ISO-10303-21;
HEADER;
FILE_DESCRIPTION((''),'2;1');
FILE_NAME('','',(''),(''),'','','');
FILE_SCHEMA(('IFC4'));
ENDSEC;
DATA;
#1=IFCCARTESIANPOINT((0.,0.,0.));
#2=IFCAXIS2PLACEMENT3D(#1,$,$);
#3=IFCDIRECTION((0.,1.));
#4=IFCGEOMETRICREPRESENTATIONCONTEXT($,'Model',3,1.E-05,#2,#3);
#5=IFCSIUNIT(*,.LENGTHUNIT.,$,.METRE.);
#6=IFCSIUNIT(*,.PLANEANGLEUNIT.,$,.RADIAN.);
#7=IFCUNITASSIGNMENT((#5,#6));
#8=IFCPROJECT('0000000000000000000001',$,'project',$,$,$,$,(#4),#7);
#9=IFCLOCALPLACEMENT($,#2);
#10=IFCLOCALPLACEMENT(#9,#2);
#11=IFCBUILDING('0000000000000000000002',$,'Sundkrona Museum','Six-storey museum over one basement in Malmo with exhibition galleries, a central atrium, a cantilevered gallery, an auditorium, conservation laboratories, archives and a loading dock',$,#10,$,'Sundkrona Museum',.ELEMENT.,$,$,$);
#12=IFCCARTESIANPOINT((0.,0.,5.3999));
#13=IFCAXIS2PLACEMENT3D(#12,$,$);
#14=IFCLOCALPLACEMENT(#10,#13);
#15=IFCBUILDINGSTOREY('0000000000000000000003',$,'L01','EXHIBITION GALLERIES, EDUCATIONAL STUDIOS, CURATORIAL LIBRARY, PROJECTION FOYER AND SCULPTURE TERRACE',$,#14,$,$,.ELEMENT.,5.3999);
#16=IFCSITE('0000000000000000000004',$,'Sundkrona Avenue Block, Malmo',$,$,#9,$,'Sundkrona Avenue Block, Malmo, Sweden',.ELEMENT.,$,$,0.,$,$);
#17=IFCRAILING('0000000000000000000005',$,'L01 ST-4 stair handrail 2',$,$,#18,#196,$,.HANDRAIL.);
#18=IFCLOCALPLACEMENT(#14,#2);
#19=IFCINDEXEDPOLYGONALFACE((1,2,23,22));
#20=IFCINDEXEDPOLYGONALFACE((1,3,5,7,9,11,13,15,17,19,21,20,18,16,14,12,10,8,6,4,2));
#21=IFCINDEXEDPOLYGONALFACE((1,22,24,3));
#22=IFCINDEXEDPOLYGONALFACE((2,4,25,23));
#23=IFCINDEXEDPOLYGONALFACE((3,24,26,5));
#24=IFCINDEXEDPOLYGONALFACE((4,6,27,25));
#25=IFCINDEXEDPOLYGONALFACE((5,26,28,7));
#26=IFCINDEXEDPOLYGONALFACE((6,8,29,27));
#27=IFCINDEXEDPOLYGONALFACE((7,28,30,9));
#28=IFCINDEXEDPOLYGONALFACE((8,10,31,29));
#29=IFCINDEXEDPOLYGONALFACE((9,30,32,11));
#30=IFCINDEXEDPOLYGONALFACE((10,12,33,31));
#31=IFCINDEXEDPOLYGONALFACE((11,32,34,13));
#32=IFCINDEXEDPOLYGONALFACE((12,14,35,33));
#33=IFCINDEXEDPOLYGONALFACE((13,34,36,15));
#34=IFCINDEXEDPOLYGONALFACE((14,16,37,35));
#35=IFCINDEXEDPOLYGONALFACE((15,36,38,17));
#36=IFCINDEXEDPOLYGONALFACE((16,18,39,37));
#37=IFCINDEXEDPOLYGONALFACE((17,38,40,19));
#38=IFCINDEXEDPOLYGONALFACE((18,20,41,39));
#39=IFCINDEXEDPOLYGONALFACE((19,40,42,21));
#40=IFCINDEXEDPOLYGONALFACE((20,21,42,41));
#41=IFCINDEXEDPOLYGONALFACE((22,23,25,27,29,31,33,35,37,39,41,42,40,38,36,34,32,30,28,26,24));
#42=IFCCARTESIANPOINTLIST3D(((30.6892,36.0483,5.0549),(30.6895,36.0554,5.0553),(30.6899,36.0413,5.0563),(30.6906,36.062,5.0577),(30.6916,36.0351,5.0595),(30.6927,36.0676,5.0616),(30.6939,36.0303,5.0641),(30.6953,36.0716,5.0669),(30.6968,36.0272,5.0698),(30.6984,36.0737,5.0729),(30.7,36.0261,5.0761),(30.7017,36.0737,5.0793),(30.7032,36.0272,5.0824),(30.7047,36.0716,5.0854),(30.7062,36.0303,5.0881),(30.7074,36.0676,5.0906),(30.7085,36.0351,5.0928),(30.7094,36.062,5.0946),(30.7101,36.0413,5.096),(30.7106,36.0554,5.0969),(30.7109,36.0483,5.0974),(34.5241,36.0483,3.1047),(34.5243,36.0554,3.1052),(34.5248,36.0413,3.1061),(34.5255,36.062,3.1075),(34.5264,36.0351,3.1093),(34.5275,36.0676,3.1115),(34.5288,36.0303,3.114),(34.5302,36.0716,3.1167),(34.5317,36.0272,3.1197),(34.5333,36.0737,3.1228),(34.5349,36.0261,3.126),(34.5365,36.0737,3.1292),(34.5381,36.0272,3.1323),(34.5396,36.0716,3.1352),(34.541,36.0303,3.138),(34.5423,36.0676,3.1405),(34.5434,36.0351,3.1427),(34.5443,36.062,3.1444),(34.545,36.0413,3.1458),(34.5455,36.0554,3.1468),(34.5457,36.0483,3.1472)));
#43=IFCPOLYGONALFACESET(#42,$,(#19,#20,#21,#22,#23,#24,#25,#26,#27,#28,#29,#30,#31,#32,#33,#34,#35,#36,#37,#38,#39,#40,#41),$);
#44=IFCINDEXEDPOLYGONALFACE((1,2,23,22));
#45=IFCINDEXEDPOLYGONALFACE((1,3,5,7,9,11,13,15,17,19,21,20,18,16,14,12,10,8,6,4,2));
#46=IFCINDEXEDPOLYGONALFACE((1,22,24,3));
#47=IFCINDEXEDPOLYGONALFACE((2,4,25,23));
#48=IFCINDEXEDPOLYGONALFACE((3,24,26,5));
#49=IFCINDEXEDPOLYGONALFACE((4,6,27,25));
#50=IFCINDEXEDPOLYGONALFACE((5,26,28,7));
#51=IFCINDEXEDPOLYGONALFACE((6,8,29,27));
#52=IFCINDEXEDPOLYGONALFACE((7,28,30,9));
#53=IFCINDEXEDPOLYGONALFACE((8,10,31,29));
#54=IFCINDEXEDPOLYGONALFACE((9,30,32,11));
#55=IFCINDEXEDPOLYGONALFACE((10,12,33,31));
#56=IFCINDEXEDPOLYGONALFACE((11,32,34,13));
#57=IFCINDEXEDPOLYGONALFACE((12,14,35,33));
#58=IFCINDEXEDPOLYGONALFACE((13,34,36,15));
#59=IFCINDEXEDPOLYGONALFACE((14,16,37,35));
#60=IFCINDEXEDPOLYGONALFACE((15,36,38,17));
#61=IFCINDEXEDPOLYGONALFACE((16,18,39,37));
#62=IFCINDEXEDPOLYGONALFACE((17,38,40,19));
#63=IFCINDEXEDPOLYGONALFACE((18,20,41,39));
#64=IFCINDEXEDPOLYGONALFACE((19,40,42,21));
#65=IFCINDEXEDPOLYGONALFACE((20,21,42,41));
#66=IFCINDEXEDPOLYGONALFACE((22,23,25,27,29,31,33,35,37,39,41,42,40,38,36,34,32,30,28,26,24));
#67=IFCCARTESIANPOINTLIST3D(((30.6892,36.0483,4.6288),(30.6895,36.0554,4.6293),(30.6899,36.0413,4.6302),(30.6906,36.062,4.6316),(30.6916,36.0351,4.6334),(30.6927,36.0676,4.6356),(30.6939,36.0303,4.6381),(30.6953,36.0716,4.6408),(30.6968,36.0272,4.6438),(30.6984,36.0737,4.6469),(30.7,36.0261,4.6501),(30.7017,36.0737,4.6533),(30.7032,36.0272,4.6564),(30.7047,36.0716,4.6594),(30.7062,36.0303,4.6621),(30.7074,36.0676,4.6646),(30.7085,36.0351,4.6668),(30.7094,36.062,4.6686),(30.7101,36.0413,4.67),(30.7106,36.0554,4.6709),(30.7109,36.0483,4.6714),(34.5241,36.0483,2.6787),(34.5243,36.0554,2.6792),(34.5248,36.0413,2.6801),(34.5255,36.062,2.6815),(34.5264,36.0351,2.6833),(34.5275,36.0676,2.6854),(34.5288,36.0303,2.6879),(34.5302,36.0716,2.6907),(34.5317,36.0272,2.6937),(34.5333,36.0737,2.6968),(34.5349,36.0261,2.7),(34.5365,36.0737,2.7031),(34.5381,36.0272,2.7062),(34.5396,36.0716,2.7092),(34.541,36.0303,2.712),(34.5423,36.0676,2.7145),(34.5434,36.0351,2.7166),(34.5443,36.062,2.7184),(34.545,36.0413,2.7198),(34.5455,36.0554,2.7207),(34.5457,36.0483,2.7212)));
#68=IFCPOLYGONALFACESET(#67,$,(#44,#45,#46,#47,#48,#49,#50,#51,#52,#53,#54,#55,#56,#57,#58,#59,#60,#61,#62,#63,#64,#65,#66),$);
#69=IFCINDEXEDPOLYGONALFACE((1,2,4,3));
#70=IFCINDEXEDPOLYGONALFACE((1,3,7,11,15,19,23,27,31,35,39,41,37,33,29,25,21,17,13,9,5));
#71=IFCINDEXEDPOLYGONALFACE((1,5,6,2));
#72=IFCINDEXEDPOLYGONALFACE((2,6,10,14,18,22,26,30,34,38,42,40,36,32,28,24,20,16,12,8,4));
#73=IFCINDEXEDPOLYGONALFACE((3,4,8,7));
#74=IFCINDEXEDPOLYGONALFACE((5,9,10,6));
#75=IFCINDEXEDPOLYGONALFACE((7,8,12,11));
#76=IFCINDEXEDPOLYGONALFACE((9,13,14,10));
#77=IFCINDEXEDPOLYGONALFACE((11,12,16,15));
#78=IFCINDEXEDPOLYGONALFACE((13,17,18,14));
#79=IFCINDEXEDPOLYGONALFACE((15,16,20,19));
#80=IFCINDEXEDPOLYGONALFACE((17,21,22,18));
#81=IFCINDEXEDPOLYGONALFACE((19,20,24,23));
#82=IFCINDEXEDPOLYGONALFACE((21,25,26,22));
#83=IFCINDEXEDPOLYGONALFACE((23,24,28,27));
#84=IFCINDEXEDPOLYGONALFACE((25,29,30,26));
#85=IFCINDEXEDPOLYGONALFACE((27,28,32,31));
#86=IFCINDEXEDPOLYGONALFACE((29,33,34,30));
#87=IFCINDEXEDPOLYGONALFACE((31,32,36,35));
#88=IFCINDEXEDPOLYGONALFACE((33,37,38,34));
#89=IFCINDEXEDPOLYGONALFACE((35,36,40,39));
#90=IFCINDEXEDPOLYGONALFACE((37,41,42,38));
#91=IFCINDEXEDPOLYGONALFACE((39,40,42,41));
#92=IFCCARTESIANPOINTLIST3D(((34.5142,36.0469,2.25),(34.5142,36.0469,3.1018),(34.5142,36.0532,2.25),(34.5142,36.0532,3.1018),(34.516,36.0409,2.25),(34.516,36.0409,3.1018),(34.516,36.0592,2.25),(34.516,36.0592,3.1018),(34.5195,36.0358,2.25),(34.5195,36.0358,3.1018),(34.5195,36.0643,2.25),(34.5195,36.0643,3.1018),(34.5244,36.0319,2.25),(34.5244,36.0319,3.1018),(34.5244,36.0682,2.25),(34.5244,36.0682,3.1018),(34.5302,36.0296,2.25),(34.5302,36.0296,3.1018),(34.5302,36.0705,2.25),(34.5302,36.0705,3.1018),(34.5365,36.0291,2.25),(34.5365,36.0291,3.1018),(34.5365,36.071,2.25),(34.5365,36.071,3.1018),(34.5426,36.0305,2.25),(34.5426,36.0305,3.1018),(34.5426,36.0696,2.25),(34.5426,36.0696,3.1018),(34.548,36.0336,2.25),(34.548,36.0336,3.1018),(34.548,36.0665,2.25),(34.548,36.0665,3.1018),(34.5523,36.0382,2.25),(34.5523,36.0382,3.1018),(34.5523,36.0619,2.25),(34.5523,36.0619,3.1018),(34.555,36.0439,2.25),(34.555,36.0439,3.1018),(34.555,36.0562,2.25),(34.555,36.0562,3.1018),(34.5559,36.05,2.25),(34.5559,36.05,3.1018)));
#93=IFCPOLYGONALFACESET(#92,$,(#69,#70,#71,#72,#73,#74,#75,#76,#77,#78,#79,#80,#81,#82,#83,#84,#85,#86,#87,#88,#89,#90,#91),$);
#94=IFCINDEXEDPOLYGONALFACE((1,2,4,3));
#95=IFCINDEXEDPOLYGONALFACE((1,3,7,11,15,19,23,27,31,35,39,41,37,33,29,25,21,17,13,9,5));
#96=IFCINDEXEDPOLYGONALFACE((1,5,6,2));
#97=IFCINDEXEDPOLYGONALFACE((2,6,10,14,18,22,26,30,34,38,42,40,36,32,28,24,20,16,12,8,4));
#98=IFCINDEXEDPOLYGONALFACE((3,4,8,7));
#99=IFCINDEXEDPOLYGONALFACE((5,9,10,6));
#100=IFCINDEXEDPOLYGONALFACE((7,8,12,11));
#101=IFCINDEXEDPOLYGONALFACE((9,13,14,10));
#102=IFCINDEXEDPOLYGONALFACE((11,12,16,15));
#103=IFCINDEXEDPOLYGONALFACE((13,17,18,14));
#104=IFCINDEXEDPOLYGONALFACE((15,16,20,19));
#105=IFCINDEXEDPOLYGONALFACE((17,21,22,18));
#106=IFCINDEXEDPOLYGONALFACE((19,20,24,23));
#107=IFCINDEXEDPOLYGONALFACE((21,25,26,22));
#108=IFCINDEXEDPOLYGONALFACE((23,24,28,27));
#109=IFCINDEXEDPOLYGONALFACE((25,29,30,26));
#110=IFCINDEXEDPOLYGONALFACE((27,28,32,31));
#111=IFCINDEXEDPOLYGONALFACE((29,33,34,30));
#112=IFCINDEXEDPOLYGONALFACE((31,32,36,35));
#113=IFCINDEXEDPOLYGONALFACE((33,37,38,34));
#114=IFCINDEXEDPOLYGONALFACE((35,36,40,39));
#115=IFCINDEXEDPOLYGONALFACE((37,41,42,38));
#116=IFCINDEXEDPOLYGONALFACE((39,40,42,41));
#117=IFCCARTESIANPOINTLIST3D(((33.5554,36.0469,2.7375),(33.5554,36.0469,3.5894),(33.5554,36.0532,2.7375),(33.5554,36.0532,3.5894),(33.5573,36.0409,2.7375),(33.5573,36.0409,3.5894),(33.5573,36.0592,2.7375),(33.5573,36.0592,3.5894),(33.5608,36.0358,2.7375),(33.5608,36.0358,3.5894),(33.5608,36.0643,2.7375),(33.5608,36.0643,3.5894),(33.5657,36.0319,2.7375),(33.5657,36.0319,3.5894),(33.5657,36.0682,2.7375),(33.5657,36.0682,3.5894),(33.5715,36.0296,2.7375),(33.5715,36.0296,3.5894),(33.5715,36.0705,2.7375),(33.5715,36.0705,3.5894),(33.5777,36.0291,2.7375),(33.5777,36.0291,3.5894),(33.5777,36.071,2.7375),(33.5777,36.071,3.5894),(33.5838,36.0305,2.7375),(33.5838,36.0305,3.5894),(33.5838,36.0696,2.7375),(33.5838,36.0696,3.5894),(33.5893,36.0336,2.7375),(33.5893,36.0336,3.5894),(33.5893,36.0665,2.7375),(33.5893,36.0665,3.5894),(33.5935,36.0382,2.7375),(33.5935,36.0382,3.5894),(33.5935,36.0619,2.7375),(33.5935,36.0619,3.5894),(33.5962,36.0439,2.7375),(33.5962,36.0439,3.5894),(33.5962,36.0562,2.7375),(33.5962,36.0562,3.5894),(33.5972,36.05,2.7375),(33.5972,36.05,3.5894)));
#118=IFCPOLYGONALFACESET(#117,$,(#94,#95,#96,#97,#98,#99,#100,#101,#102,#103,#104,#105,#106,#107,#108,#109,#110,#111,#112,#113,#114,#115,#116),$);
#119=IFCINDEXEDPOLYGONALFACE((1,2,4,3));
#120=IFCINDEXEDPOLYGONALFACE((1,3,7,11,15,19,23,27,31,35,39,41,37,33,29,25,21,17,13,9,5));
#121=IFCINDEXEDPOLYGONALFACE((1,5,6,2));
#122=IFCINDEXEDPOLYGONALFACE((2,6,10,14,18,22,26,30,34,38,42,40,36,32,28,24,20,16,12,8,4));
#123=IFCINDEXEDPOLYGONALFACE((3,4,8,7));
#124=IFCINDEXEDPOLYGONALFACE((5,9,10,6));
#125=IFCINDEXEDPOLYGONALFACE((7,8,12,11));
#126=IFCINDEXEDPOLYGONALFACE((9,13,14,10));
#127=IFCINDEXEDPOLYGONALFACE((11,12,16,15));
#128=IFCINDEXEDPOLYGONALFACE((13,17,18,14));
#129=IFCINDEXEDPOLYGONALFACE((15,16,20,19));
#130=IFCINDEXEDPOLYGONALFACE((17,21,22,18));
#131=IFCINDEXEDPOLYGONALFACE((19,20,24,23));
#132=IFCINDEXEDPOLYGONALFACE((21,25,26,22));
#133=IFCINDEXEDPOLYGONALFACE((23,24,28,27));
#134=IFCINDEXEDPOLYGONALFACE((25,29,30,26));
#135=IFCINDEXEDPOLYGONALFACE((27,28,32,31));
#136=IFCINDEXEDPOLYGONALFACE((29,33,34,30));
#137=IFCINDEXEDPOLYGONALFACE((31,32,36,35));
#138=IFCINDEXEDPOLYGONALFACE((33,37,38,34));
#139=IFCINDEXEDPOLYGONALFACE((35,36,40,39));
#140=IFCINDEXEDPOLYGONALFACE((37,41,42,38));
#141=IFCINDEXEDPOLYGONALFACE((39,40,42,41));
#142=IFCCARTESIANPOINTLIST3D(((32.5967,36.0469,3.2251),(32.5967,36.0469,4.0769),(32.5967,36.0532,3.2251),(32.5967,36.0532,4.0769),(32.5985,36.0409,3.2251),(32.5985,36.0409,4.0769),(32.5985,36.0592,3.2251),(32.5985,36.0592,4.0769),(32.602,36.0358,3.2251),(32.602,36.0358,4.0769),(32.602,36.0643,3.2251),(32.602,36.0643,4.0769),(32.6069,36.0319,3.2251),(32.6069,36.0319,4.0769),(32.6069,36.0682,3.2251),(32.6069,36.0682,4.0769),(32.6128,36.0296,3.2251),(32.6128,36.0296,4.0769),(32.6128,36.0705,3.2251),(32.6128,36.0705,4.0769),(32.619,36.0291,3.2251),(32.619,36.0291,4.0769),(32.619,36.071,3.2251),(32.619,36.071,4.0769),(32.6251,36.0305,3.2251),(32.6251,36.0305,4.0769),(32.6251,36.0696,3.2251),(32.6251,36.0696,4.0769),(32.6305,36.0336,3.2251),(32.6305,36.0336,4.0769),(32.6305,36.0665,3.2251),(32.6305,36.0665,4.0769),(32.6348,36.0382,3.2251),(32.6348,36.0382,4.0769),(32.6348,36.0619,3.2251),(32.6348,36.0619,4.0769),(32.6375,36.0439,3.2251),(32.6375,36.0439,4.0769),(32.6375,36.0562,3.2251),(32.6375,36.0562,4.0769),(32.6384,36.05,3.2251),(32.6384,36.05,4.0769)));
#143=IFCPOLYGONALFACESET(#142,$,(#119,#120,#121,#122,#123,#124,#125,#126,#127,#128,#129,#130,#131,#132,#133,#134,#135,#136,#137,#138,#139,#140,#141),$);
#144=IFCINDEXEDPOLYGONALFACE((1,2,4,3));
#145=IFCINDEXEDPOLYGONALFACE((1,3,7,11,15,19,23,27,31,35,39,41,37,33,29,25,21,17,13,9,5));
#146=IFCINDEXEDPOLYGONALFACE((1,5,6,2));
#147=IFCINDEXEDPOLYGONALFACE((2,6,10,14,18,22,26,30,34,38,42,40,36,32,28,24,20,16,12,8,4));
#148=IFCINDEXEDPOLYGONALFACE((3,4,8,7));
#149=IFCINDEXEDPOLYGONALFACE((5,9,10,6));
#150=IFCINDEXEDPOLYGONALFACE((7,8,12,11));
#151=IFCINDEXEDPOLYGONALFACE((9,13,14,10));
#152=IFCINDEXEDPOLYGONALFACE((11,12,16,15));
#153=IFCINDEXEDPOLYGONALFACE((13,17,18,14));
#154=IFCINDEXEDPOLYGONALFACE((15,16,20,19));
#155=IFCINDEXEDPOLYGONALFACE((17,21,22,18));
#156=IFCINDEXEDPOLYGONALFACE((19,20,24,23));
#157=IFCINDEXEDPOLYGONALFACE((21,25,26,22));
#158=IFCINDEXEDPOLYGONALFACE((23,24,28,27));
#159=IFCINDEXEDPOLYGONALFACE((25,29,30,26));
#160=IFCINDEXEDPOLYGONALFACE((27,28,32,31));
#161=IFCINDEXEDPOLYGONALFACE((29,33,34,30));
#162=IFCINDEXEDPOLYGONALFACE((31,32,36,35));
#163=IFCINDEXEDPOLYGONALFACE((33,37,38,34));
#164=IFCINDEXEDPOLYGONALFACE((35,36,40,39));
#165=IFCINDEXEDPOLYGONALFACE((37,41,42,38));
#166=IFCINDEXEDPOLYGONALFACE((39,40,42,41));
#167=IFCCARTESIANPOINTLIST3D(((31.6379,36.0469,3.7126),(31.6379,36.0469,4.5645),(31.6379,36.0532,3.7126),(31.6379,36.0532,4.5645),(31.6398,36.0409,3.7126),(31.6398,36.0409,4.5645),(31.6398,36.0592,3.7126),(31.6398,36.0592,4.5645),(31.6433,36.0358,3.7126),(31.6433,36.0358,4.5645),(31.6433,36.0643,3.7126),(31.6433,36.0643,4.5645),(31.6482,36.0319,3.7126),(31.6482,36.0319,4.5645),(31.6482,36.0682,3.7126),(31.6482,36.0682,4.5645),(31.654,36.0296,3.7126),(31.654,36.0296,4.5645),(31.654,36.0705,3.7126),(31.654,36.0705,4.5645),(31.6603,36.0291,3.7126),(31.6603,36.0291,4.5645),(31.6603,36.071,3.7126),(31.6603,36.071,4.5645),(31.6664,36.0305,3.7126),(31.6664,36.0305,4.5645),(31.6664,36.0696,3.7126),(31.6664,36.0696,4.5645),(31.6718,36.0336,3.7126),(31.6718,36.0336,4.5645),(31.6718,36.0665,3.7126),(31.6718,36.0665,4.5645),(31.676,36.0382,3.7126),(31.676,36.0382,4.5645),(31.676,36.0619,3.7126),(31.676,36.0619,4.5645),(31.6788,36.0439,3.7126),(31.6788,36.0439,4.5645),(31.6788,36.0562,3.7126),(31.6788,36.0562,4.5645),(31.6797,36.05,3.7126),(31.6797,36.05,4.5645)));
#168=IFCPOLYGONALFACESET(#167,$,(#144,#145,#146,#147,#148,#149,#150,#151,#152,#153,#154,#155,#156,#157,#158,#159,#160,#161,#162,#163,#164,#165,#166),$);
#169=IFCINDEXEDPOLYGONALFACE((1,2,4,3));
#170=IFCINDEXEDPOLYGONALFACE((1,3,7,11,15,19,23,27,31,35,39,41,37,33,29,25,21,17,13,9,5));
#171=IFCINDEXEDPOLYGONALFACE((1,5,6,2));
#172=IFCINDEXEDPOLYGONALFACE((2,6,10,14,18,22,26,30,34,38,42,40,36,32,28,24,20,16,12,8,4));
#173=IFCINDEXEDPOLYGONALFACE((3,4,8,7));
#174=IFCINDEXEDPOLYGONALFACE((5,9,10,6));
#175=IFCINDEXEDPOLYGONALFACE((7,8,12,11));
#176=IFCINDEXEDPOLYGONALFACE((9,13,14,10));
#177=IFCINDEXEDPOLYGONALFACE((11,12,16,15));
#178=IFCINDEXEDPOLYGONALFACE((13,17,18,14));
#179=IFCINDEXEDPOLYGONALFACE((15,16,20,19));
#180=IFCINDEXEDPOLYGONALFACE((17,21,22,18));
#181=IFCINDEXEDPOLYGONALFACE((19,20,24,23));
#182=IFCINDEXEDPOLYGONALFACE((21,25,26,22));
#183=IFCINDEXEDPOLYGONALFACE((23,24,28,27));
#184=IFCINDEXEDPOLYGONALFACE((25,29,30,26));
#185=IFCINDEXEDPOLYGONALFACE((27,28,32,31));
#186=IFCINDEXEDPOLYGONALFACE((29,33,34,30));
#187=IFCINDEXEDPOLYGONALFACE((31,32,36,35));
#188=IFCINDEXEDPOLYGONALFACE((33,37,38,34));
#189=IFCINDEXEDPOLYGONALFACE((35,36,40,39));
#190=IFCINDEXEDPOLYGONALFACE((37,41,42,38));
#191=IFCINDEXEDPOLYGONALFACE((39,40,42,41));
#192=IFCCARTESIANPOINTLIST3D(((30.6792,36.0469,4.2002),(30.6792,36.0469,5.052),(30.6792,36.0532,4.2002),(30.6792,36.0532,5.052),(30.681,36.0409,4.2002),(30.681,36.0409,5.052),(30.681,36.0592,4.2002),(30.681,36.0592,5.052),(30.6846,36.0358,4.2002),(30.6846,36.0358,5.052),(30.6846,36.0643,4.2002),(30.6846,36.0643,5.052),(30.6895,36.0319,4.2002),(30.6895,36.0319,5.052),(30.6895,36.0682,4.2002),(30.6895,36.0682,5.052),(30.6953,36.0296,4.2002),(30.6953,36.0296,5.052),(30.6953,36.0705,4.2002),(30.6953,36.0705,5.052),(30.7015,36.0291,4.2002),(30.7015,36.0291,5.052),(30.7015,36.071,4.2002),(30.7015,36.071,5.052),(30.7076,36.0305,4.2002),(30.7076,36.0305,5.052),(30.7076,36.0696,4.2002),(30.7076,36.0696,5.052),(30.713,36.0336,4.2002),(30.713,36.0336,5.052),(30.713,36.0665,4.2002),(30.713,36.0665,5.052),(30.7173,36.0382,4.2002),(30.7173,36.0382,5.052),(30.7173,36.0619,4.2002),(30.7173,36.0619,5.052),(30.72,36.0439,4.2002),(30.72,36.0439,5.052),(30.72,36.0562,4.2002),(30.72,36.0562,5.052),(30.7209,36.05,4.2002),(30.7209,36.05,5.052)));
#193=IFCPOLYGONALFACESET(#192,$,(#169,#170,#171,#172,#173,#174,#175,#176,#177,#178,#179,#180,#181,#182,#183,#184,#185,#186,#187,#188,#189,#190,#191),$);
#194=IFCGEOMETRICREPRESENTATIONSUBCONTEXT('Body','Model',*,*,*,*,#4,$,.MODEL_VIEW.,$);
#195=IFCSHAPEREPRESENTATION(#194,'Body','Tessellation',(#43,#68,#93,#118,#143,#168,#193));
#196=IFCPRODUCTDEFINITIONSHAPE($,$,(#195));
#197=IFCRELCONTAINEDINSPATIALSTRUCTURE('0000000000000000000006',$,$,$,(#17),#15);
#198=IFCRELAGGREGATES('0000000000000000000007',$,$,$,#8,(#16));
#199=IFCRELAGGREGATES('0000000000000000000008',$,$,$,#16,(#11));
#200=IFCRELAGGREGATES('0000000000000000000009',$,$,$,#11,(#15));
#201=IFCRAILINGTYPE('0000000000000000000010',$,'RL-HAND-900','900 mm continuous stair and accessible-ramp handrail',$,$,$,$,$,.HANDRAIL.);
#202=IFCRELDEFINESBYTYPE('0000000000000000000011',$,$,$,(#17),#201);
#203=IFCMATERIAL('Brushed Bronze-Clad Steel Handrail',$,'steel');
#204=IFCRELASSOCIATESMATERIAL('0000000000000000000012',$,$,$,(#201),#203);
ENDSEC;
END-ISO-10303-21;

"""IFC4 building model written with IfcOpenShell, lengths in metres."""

from ifc_helpers import new_model, si_unit, direction, frame, origin, origin_2d, place, context, subcontext, project, spatial, circle, extrude, material, type_object, element, save


model = new_model("IFC4")

# Units and contexts
model_context = context("Model", 3, precision=1e-05, world=origin(), true_north=direction((0.0, 1.0)))
body_context = subcontext(model_context, "Body", "Model", "MODEL_VIEW")
ifc_project = project(units=[si_unit("LENGTHUNIT", "METRE"), si_unit("PLANEANGLEUNIT", "RADIAN")], contexts=[model_context])

# Site, building, storey
site_placement = place(None, origin())
site = spatial("IfcSite", under=ifc_project, at=site_placement, Name="Sundkrona Avenue Block, Malmo", LongName="Sundkrona Avenue Block, Malmo, Sweden", CompositionType="ELEMENT", RefElevation=0.0)
building_placement = place(site_placement, origin())
building = spatial("IfcBuilding", under=site, at=building_placement, Name="Sundkrona Museum", Description="Six-storey museum over one basement in Malmo with exhibition galleries, a central atrium, a cantilevered gallery, an auditorium, conservation laboratories, archives and a loading dock", LongName="Sundkrona Museum", CompositionType="ELEMENT")
storey_placement = place(building_placement, frame((0.0, 0.0, 5.3999)))
storey = spatial("IfcBuildingStorey", under=building, at=storey_placement, Name="L01", Description="EXHIBITION GALLERIES, EDUCATIONAL STUDIOS, CURATORIAL LIBRARY, PROJECTION FOYER AND SCULPTURE TERRACE", CompositionType="ELEMENT", Elevation=5.3999)

# Railing
ifc_material_1 = material(Name="Brushed Bronze-Clad Steel Handrail", Category="steel")
railing_type_1 = type_object("IfcRailingType", Name="RL-HAND-900", Description="900 mm continuous stair and accessible-ramp handrail", PredefinedType="HANDRAIL", material=ifc_material_1)
railing_1_placement = place(storey_placement, frame((34.5349, 36.05, 2.25)))
element("IfcRailing", 1, at=railing_1_placement, inside=storey, type_object=railing_type_1, Name="L01 ST-4 stair handrail 2", PredefinedType="HANDRAIL", context=body_context, shape_type="SweptSolid", body=[
    extrude(circle(Radius=0.0239, at=origin_2d()), frame((0.0, 0.0, 0.876), z_axis=(-0.891365, 0.0, 0.453286), x_axis=(0.0, -1.0, 0.0)), (0.0, 0.0, 1.0), 4.3022),
    extrude(circle(Radius=0.0239, at=origin_2d()), frame((0.0, 0.0, 0.45), z_axis=(-0.891365, 0.0, 0.453286), x_axis=(0.0, -1.0, 0.0)), (0.0, 0.0, 1.0), 4.3022),
    extrude(circle(Radius=0.021, at=origin_2d()), origin(), (0.0, 0.0, 1.0), 0.8518),
    extrude(circle(Radius=0.021, at=origin_2d()), frame((-0.9587, 0.0, 0.4875)), (0.0, 0.0, 1.0), 0.8518),
    extrude(circle(Radius=0.021, at=origin_2d()), frame((-1.9175, 0.0, 0.9751)), (0.0, 0.0, 1.0), 0.8518),
    extrude(circle(Radius=0.021, at=origin_2d()), frame((-2.8762, 0.0, 1.4626)), (0.0, 0.0, 1.0), 0.8518),
    extrude(circle(Radius=0.021, at=origin_2d()), frame((-3.835, 0.0, 1.9502)), (0.0, 0.0, 1.0), 0.8518),
])

save(model, "model.ifc")
